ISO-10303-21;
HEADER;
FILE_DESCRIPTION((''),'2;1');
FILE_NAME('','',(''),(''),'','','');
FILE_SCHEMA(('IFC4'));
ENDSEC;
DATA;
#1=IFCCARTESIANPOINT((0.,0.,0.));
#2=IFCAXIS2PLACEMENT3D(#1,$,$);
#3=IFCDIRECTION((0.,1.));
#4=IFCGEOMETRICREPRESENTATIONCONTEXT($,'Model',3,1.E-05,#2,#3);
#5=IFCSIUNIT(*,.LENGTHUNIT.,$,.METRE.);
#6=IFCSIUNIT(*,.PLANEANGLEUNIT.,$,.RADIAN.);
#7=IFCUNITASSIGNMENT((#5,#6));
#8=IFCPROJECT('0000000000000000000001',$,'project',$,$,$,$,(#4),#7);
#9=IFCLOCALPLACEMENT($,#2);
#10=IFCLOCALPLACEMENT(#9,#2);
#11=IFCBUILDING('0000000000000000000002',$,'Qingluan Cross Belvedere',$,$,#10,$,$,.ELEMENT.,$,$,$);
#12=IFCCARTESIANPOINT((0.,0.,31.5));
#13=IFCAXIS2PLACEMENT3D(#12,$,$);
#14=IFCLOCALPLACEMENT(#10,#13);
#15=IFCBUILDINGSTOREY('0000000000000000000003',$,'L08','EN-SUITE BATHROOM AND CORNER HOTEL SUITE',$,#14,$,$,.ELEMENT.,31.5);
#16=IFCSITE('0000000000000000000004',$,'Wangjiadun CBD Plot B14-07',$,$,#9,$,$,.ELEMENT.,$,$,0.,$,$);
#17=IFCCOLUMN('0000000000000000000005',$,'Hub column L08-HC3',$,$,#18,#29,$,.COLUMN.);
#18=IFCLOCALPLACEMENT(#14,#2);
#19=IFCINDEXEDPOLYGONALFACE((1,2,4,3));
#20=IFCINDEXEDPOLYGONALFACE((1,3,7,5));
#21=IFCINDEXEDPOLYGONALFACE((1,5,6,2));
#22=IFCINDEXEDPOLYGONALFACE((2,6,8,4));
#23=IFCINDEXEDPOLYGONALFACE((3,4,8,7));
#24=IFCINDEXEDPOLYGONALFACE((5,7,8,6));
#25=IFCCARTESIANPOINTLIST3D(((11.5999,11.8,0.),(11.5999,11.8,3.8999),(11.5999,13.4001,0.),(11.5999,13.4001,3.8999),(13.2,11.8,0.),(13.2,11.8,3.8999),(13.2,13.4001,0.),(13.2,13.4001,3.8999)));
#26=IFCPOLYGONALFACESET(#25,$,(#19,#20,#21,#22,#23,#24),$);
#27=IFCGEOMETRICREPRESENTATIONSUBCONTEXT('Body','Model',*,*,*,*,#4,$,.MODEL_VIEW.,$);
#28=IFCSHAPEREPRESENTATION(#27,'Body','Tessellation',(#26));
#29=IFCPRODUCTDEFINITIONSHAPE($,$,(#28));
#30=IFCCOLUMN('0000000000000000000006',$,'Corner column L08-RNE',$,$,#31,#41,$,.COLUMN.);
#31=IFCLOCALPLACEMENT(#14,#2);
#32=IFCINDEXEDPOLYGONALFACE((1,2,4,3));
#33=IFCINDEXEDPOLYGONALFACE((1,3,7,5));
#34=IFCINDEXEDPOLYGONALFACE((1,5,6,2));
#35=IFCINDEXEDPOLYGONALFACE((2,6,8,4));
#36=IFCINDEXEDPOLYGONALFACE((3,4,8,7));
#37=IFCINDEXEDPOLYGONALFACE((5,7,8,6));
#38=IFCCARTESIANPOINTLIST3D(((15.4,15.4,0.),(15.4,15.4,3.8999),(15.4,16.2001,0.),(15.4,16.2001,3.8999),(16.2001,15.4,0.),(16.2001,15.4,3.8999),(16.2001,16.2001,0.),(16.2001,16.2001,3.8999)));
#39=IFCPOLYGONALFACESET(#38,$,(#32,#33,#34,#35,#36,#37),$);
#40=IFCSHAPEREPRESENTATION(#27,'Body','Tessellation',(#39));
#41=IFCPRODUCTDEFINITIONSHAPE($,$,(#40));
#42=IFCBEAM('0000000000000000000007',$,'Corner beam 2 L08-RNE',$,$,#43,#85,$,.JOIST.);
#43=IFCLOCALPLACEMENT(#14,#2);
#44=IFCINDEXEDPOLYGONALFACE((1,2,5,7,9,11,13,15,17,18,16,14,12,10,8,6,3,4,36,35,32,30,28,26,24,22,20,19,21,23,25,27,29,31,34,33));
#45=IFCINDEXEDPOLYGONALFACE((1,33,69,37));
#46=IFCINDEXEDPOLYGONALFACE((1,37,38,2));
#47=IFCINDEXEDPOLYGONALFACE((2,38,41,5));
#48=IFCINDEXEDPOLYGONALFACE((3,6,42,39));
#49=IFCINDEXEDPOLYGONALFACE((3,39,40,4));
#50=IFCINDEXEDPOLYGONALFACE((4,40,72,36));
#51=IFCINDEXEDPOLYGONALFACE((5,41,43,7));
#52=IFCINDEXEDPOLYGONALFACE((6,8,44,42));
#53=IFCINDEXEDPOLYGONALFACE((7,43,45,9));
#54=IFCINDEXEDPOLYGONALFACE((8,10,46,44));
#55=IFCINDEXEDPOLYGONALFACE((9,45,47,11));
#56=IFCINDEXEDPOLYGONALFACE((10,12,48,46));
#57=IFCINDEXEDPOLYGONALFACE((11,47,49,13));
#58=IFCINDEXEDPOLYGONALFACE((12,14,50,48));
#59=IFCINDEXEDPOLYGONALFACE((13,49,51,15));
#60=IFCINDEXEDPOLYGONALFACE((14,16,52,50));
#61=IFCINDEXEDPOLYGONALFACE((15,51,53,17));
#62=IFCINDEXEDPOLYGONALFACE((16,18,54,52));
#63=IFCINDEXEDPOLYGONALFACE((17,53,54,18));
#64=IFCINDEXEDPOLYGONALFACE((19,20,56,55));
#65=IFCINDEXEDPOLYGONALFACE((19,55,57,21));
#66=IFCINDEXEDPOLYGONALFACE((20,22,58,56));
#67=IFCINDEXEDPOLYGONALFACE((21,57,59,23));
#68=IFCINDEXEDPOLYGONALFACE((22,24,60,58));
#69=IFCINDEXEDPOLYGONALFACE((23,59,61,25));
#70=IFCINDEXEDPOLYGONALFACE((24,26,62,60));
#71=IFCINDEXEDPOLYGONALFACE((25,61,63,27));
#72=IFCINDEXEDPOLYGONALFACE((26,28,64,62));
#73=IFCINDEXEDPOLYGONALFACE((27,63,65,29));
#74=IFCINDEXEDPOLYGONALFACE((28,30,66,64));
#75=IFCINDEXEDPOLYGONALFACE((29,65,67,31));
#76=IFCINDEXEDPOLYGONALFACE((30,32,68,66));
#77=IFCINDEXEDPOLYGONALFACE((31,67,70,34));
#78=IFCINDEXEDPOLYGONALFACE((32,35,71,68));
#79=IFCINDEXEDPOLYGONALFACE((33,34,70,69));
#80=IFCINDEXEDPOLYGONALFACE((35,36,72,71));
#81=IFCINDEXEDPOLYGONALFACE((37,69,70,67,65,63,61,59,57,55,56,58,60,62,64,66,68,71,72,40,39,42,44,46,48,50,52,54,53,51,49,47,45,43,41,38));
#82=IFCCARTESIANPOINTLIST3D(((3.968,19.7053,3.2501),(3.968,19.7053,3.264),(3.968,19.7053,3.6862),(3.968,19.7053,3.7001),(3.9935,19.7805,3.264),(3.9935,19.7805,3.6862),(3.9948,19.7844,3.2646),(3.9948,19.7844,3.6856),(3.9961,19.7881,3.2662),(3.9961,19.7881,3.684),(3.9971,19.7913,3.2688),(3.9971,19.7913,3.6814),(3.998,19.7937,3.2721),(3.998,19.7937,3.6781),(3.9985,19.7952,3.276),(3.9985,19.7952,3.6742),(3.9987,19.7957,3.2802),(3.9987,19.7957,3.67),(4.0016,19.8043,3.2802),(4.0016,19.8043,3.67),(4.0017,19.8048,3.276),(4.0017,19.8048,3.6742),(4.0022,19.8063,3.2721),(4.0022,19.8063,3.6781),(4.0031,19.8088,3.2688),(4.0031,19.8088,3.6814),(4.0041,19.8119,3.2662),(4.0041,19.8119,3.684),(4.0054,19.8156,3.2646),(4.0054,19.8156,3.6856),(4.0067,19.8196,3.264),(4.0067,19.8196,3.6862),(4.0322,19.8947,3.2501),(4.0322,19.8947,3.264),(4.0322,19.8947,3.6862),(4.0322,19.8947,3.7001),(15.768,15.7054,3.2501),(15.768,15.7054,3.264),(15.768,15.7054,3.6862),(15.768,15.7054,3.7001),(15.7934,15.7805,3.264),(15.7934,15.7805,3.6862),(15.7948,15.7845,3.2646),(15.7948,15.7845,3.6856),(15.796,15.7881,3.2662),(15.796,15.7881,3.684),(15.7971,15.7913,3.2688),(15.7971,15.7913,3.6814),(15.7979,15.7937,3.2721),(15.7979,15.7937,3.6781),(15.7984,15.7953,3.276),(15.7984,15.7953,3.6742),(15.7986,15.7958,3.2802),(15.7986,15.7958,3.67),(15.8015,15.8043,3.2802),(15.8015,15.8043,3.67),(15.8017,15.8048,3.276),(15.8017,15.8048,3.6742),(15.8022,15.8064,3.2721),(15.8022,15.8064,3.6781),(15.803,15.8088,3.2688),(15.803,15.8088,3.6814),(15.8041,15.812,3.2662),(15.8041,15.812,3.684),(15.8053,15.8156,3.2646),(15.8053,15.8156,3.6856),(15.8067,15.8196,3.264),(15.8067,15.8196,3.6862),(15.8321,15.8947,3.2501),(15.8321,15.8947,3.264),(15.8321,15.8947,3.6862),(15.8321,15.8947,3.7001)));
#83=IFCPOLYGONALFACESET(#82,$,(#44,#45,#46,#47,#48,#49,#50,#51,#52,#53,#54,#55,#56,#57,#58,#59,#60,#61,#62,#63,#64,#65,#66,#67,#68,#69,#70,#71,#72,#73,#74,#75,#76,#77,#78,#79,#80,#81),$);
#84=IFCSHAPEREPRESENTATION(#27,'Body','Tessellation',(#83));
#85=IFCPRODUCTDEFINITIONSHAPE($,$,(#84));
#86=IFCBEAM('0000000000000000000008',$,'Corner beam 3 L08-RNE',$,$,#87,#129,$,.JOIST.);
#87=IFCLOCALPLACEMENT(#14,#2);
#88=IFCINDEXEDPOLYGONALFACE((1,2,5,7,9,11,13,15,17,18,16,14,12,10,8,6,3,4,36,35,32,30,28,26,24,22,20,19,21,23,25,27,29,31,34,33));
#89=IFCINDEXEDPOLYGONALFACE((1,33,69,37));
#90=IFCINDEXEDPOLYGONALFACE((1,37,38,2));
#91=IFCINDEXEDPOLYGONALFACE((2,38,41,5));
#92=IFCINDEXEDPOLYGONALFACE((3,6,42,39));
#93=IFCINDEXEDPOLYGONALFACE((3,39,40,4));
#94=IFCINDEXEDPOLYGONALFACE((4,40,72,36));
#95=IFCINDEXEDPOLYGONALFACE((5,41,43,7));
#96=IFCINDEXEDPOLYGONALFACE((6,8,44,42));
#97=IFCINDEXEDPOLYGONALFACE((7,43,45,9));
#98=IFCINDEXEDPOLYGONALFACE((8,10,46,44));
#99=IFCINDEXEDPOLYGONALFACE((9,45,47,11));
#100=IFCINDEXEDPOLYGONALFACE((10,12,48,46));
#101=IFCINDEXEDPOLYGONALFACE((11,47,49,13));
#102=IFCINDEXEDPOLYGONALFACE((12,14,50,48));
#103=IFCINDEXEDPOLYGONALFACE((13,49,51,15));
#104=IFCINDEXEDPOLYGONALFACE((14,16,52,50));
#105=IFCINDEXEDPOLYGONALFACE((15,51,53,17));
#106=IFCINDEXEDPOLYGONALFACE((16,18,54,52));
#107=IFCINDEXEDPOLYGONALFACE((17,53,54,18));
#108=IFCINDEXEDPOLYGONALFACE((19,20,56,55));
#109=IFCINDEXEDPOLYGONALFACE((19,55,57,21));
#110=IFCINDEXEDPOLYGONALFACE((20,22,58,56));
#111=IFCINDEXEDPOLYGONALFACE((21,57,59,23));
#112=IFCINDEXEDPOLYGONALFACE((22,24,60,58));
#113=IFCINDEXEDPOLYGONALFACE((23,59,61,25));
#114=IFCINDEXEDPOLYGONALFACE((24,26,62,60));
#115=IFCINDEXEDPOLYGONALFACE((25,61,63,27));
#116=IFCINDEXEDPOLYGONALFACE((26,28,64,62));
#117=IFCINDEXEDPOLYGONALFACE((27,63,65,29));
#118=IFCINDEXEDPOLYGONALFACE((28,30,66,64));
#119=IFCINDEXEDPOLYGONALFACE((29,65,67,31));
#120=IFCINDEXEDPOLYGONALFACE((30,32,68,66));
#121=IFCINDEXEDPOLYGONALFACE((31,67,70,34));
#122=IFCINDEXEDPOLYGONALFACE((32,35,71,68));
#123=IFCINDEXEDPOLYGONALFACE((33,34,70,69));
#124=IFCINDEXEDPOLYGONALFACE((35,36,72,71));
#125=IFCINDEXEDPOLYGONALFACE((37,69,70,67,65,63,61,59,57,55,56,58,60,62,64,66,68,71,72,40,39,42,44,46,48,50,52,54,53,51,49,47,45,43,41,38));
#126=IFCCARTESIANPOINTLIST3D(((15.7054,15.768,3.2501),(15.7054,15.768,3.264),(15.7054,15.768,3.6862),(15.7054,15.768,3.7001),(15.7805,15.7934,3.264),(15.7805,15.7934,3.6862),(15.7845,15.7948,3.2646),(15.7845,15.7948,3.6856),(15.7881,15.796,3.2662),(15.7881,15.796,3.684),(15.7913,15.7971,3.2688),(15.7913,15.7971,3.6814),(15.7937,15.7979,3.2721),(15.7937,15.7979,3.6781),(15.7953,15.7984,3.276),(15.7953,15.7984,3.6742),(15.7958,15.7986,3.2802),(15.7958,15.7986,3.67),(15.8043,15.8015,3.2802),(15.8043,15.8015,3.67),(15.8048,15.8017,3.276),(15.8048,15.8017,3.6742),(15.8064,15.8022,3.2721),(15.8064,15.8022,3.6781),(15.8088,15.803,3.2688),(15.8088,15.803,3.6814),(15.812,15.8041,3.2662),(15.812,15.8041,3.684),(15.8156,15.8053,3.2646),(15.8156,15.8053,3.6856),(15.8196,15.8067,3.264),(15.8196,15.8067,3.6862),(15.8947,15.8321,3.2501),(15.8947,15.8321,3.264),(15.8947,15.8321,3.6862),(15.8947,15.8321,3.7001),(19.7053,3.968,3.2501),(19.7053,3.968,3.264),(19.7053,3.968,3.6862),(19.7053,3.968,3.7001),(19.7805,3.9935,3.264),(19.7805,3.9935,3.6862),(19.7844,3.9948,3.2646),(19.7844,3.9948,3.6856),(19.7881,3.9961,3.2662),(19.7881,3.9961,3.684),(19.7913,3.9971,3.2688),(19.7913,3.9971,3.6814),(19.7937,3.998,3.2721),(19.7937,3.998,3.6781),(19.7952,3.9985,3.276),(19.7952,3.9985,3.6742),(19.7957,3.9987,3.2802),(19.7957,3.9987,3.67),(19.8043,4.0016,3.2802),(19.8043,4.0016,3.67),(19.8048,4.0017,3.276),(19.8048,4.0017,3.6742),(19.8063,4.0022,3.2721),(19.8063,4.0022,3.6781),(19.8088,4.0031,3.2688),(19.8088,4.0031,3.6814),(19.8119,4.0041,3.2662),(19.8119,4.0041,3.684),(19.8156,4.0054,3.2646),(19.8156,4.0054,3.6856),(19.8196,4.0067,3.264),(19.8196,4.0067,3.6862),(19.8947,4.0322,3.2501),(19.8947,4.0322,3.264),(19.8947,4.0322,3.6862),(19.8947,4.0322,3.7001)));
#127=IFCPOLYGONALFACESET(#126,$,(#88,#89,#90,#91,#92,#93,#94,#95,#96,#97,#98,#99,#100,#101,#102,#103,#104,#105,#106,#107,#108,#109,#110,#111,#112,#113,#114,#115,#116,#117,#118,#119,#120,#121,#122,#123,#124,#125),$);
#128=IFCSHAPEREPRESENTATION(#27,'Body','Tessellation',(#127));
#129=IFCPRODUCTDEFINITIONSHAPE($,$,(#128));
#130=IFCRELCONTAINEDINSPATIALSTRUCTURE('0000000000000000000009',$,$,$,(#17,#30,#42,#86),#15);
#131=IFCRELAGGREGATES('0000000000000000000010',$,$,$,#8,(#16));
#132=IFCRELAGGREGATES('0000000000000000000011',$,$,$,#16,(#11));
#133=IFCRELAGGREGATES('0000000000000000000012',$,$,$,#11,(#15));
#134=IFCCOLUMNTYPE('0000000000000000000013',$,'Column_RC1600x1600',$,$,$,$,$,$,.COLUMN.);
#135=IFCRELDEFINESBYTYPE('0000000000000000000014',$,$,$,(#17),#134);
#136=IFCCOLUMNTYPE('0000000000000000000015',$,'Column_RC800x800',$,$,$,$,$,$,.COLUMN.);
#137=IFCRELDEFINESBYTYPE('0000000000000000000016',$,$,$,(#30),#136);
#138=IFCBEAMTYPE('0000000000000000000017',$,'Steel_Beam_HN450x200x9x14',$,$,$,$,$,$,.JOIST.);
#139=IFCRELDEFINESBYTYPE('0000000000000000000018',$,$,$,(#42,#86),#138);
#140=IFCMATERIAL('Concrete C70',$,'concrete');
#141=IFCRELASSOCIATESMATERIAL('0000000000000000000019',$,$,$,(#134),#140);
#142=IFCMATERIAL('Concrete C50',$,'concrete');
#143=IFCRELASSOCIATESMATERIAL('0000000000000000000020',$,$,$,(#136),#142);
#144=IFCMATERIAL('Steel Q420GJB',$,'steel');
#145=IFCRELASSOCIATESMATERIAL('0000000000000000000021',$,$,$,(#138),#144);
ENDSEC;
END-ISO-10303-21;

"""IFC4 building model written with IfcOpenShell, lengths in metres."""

from ifc_helpers import new_model, si_unit, direction, frame, origin, origin_2d, place, context, subcontext, project, spatial, rectangle, i_section, extrude, material, material_profile, profile_set, type_object, element, save


model = new_model("IFC4")

# Units and contexts
model_context = context("Model", 3, precision=1e-05, world=origin(), true_north=direction((0.0, 1.0)))
body_context = subcontext(model_context, "Body", "Model", "MODEL_VIEW")
ifc_project = project(units=[si_unit("LENGTHUNIT", "METRE"), si_unit("PLANEANGLEUNIT", "RADIAN")], contexts=[model_context])

# Site, building, storey
site_placement = place(None, origin())
site = spatial("IfcSite", under=ifc_project, at=site_placement, Name="Wangjiadun CBD Plot B14-07", CompositionType="ELEMENT", RefElevation=0.0)
building_placement = place(site_placement, origin())
building = spatial("IfcBuilding", under=site, at=building_placement, Name="Qingluan Cross Belvedere", CompositionType="ELEMENT")
storey_placement = place(building_placement, frame((0.0, 0.0, 31.5)))
storey = spatial("IfcBuildingStorey", under=building, at=storey_placement, Name="L08", Description="EN-SUITE BATHROOM AND CORNER HOTEL SUITE", CompositionType="ELEMENT", Elevation=31.5)

# Columns
ifc_material_1 = material(Name="Concrete C70", Category="concrete")
ifc_material_profile_1 = material_profile(ifc_material_1, rectangle(XDim=1.6001, YDim=1.6001, at=origin_2d()), Name="RC1600x1600")
ifc_profile_set_1 = profile_set([ifc_material_profile_1], Name="Concrete C70")
column_type_1 = type_object("IfcColumnType", Name="Column_RC1600x1600", PredefinedType="COLUMN", material=ifc_profile_set_1)
column_1_placement = place(storey_placement, frame((12.3999, 12.6001, 0.0), z_axis=(0.0, 0.0, 1.0), x_axis=(1.0, 0.0, 0.0)))
element("IfcColumn", 1, at=column_1_placement, inside=storey, type_object=column_type_1, Name="Hub column L08-HC3", PredefinedType="COLUMN", context=body_context, shape_type="SweptSolid", body=[
    extrude(rectangle(XDim=1.6001, YDim=1.6001, at=origin_2d()), origin(), (0.0, 0.0, 1.0), 3.8999),
])
ifc_material_2 = material(Name="Concrete C50", Category="concrete")
ifc_material_profile_2 = material_profile(ifc_material_2, rectangle(XDim=0.8, YDim=0.8, at=origin_2d()), Name="RC800x800")
ifc_profile_set_2 = profile_set([ifc_material_profile_2], Name="Concrete C50")
column_type_2 = type_object("IfcColumnType", Name="Column_RC800x800", PredefinedType="COLUMN", material=ifc_profile_set_2)
column_2_placement = place(storey_placement, frame((15.8, 15.8, 0.0), z_axis=(0.0, 0.0, 1.0), x_axis=(1.0, 0.0, 0.0)))
element("IfcColumn", 2, at=column_2_placement, inside=storey, type_object=column_type_2, Name="Corner column L08-RNE", PredefinedType="COLUMN", context=body_context, shape_type="SweptSolid", body=[
    extrude(rectangle(XDim=0.8, YDim=0.8, at=origin_2d()), origin(), (0.0, 0.0, 1.0), 3.8999),
])

# Beams
ifc_material_3 = material(Name="Steel Q420GJB", Category="steel")
ifc_material_profile_3 = material_profile(ifc_material_3, i_section(OverallWidth=0.2, OverallDepth=0.45, WebThickness=0.009, FlangeThickness=0.0139, FilletRadius=0.0161, at=origin_2d()), Name="HN450x200x9x14")
ifc_profile_set_3 = profile_set([ifc_material_profile_3], Name="Steel Q420GJB")
beam_type = type_object("IfcBeamType", Name="Steel_Beam_HN450x200x9x14", PredefinedType="JOIST", material=ifc_profile_set_3)
for number, where, z_axis, x_axis, name in (
    (3, (15.8, 15.8, 3.4751), (-0.947066, 0.321038, 0.0), (-0.321038, -0.947066, 0.0), "Corner beam 2 L08-RNE"),
    (4, (15.8, 15.8, 3.4751), (0.321038, -0.947066, 0.0), (0.947066, 0.321038, 0.0), "Corner beam 3 L08-RNE"),
):
    element("IfcBeam", number, at=place(storey_placement, frame(where, z_axis=z_axis, x_axis=x_axis)), inside=storey, type_object=beam_type, Name=name, PredefinedType="JOIST", context=body_context, shape_type="SweptSolid", body=[
        extrude(i_section(OverallWidth=0.2, OverallDepth=0.45, WebThickness=0.009, FlangeThickness=0.0139, FilletRadius=0.0161, at=origin_2d()), origin(), (0.0, 0.0, 1.0), 12.4595),
    ])

save(model, "model.ifc")
